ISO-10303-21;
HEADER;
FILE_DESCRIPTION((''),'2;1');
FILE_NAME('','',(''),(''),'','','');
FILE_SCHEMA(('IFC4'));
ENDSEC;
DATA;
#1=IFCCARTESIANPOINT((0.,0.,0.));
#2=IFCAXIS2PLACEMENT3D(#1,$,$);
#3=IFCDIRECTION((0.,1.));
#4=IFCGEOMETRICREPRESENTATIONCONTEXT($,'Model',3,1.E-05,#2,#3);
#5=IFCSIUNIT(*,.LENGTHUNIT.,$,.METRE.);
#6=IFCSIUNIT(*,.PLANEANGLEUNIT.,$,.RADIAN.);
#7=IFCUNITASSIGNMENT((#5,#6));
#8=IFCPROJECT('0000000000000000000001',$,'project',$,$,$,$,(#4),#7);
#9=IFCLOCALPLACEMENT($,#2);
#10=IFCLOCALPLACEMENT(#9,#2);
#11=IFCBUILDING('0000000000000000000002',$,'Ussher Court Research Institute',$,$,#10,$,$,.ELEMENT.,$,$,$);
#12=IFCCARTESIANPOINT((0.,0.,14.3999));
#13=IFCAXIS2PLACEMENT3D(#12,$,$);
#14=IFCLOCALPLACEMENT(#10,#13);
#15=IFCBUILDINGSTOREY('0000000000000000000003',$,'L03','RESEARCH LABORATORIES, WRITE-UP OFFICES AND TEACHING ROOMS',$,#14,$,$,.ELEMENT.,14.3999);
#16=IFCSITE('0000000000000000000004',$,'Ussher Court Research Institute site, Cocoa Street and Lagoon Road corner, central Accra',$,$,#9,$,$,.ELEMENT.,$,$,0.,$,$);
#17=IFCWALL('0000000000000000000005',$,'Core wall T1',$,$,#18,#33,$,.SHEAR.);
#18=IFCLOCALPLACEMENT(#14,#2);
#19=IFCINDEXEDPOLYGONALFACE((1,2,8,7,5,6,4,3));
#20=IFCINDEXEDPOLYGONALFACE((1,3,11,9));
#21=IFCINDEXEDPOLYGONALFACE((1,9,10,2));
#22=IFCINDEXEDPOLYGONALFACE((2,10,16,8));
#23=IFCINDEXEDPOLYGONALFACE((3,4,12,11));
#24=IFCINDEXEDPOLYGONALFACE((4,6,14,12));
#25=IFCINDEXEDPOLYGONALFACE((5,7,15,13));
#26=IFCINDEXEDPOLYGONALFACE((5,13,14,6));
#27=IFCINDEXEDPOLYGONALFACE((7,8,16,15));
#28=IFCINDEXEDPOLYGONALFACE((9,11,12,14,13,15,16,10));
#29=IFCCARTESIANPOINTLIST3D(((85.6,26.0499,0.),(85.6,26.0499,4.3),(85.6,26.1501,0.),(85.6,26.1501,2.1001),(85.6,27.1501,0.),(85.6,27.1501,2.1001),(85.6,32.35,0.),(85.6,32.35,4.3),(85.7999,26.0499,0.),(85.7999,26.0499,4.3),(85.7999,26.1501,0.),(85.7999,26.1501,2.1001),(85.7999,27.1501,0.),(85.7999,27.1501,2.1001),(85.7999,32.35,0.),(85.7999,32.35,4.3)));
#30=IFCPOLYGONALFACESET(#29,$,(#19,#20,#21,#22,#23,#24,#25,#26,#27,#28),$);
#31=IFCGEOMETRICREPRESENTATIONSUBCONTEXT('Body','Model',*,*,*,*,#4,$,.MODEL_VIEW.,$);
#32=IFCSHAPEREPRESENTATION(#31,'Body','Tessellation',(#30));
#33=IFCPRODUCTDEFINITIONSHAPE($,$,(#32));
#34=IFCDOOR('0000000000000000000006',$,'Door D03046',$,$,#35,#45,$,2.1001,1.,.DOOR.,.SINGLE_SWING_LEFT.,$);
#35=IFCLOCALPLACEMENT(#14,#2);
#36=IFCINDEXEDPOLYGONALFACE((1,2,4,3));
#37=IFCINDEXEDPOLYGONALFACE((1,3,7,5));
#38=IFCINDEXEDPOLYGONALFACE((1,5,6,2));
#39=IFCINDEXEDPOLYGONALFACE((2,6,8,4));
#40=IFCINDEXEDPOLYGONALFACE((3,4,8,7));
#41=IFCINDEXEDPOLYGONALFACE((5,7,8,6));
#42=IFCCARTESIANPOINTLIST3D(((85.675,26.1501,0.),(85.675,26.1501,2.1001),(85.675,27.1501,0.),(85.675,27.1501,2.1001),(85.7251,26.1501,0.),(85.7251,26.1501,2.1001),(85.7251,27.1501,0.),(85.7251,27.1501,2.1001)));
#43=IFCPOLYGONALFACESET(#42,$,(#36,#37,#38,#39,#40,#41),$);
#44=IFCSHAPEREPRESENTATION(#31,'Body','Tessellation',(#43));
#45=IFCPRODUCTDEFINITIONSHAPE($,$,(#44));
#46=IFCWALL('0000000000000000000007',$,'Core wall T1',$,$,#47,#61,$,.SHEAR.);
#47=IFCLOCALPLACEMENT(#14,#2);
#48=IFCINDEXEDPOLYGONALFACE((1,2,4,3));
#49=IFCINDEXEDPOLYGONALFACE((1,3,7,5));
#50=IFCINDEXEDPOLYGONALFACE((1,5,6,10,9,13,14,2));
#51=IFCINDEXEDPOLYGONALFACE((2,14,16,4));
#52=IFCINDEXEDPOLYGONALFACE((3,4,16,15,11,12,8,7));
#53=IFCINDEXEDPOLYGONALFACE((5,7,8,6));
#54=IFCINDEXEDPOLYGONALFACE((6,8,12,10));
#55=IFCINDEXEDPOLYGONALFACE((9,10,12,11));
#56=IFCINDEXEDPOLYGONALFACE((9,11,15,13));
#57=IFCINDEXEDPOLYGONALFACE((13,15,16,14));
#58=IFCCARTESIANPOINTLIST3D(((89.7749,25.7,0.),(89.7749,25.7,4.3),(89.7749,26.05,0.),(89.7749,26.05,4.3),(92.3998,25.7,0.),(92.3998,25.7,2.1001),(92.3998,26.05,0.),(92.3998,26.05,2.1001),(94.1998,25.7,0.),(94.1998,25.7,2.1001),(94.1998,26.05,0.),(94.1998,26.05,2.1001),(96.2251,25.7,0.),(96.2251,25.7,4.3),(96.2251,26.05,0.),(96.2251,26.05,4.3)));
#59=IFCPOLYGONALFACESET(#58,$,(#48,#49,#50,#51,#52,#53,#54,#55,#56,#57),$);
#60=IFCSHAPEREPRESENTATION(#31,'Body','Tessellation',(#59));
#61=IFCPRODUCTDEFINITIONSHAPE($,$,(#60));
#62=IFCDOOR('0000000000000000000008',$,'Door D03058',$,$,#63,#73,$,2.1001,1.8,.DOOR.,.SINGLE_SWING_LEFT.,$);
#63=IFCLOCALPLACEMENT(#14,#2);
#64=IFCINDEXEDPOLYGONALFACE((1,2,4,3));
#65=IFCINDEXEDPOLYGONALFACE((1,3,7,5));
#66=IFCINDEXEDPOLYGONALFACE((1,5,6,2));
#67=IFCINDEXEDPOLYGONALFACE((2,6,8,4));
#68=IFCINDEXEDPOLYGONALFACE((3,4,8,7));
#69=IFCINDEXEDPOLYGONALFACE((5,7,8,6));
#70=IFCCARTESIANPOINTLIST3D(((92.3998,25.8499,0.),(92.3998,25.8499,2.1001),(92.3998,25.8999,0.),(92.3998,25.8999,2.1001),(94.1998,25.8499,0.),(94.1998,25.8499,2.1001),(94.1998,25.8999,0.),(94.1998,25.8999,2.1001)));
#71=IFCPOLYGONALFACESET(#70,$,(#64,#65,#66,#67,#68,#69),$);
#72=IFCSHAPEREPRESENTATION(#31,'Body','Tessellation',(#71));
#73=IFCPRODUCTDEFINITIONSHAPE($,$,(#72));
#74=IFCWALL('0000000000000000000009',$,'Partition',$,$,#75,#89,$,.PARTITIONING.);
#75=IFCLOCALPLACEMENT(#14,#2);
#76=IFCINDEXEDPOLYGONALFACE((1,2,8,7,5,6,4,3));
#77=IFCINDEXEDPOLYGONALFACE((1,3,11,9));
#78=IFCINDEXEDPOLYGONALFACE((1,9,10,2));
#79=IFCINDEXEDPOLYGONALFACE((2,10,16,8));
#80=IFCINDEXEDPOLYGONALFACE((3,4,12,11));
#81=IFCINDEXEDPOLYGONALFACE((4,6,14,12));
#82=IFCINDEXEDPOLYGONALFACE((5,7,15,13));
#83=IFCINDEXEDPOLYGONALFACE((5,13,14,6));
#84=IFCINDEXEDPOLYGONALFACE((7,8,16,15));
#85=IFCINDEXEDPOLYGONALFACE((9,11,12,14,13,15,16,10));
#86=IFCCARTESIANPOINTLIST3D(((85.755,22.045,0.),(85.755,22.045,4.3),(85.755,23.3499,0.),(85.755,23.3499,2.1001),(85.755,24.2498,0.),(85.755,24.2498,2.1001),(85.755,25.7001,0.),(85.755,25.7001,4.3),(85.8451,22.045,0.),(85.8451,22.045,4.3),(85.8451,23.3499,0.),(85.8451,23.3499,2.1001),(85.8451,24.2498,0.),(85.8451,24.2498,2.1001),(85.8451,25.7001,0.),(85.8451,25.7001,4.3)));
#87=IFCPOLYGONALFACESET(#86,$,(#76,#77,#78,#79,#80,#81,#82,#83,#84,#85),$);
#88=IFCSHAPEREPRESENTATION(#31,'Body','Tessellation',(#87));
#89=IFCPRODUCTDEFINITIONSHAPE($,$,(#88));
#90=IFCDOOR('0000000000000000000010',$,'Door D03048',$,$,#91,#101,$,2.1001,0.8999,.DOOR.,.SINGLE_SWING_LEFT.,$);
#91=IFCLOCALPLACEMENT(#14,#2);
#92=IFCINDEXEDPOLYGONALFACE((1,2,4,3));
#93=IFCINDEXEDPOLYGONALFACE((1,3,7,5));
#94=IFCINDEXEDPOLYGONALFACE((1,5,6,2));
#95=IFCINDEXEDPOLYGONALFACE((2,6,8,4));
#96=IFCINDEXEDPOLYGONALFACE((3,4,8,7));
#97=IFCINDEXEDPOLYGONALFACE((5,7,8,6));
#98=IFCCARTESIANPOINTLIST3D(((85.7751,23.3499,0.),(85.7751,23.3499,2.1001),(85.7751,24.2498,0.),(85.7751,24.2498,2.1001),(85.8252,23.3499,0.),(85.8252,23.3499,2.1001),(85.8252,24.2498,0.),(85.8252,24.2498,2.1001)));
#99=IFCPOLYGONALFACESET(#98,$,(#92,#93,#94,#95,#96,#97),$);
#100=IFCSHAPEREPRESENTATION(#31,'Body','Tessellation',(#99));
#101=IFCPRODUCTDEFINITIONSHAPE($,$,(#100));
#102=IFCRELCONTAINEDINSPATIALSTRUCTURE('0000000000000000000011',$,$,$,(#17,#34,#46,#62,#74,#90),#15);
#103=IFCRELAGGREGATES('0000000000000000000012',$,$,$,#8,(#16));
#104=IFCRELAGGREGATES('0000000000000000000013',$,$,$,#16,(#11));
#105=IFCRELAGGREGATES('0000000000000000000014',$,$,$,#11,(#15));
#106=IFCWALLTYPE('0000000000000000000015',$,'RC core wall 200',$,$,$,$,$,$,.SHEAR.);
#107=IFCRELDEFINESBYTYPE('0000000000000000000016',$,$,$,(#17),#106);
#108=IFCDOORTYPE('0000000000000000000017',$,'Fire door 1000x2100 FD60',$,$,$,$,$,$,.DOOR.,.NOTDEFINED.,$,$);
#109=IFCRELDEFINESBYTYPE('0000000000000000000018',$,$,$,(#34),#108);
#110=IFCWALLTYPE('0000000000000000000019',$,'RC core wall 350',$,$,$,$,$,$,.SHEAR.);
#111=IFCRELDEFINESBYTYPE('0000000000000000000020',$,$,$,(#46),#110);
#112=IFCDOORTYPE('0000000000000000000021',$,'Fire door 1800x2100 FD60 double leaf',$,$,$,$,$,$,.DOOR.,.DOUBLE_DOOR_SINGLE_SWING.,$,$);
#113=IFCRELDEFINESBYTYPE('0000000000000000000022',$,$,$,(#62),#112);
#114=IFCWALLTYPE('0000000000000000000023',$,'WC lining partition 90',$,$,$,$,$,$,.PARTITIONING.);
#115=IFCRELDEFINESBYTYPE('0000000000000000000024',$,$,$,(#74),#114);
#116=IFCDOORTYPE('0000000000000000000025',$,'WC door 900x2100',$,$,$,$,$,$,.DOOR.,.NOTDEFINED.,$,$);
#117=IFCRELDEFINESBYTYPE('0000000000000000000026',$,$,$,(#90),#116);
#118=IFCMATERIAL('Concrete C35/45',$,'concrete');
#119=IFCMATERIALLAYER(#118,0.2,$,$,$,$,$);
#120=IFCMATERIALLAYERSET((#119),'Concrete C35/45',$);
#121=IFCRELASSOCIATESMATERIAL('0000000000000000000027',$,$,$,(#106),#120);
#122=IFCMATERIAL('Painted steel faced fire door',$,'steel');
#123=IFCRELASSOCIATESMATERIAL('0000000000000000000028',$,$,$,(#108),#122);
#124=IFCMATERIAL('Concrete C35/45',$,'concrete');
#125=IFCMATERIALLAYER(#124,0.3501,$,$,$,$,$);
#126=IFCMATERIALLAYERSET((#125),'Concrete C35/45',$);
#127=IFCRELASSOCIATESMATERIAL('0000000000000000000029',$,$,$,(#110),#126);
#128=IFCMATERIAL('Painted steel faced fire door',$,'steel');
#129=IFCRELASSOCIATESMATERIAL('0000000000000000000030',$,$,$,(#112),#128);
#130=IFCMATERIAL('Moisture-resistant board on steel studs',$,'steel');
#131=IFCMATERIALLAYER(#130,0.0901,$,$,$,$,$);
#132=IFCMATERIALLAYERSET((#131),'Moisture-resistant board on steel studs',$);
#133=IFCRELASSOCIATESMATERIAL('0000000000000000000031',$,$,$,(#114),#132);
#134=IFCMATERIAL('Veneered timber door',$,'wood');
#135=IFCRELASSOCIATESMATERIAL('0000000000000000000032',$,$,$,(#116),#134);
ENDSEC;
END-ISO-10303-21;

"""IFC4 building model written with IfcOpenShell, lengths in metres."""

from ifc_helpers import new_model, si_unit, direction, frame, frame_2d, origin, place, context, subcontext, project, spatial, rectangle, extrude, material, layer, layer_set, type_object, element, fill, save


model = new_model("IFC4")

# Units and contexts
model_context = context("Model", 3, precision=1e-05, world=origin(), true_north=direction((0.0, 1.0)))
body_context = subcontext(model_context, "Body", "Model", "MODEL_VIEW")
ifc_project = project(units=[si_unit("LENGTHUNIT", "METRE"), si_unit("PLANEANGLEUNIT", "RADIAN")], contexts=[model_context])

# Site, building, storey
site_placement = place(None, origin())
site = spatial("IfcSite", under=ifc_project, at=site_placement, Name="Ussher Court Research Institute site, Cocoa Street and Lagoon Road corner, central Accra", CompositionType="ELEMENT", RefElevation=0.0)
building_placement = place(site_placement, origin())
building = spatial("IfcBuilding", under=site, at=building_placement, Name="Ussher Court Research Institute", CompositionType="ELEMENT")
storey_placement = place(building_placement, frame((0.0, 0.0, 14.3999)))
storey = spatial("IfcBuildingStorey", under=building, at=storey_placement, Name="L03", Description="RESEARCH LABORATORIES, WRITE-UP OFFICES AND TEACHING ROOMS", CompositionType="ELEMENT", Elevation=14.3999)

# Walls, openings, doors
ifc_material_1 = material(Name="Concrete C35/45", Category="concrete")
ifc_layer_1 = layer(ifc_material_1, 0.2)
ifc_layer_set_1 = layer_set([ifc_layer_1], Name="Concrete C35/45")
wall_type_1 = type_object("IfcWallType", Name="RC core wall 200", PredefinedType="SHEAR", material=ifc_layer_set_1)
wall_1_placement = place(storey_placement, frame((85.7, 26.05, 0.0), z_axis=(0.0, 0.0, 1.0), x_axis=(0.0, 1.0, 0.0)))
wall_1 = element("IfcWall", 1, at=wall_1_placement, inside=storey, type_object=wall_type_1, Name="Core wall T1", PredefinedType="SHEAR", context=body_context, shape_type="SweptSolid", body=[
    extrude(rectangle(XDim=6.3, YDim=0.2, at=frame_2d((3.1499, 0.0))), origin(), (0.0, 0.0, 1.0), 4.3),
])
opening_1_placement = place(wall_1_placement, frame((0.1001, 0.0, 0.0)))
opening_1 = element("IfcOpeningElement", 2, at=opening_1_placement, cuts=wall_1, PredefinedType="OPENING", context=body_context, shape_type="SweptSolid", body=[
    extrude(rectangle(XDim=1.0, YDim=2.1001, at=frame_2d((0.5, 1.05))), frame((0.0, 0.1099, 0.0), z_axis=(0.0, -1.0, 0.0), x_axis=(1.0, 0.0, 0.0)), (0.0, 0.0, 1.0), 0.22),
])
ifc_material_2 = material(Name="Painted steel faced fire door", Category="steel")
door_type_1 = type_object("IfcDoorType", Name="Fire door 1000x2100 FD60", OperationType="NOTDEFINED", PredefinedType="DOOR", material=ifc_material_2)
door_1_placement = place(opening_1_placement, origin())
door_1 = element("IfcDoor", 3, at=door_1_placement, inside=storey, type_object=door_type_1, Name="Door D03046", OperationType="SINGLE_SWING_LEFT", OverallHeight=2.1001, OverallWidth=1.0, PredefinedType="DOOR", context=body_context, shape_type="SweptSolid", body=[
    extrude(rectangle(XDim=1.0, YDim=2.1001, at=frame_2d((0.5, 1.05))), frame((0.0, 0.0249, 0.0), z_axis=(0.0, -1.0, 0.0), x_axis=(1.0, 0.0, 0.0)), (0.0, 0.0, 1.0), 0.05),
])
fill(opening_1, door_1)
ifc_material_3 = material(Name="Concrete C35/45", Category="concrete")
ifc_layer_2 = layer(ifc_material_3, 0.3501)
ifc_layer_set_2 = layer_set([ifc_layer_2], Name="Concrete C35/45")
wall_type_2 = type_object("IfcWallType", Name="RC core wall 350", PredefinedType="SHEAR", material=ifc_layer_set_2)
wall_2_placement = place(storey_placement, frame((89.7749, 25.875, 0.0), z_axis=(0.0, 0.0, 1.0), x_axis=(1.0, 0.0, 0.0)))
wall_2 = element("IfcWall", 4, at=wall_2_placement, inside=storey, type_object=wall_type_2, Name="Core wall T1", PredefinedType="SHEAR", context=body_context, shape_type="SweptSolid", body=[
    extrude(rectangle(XDim=6.4502, YDim=0.3501, at=frame_2d((3.2251, 0.0))), origin(), (0.0, 0.0, 1.0), 4.3),
])
opening_2_placement = place(wall_2_placement, frame((2.625, 0.0, 0.0)))
opening_2 = element("IfcOpeningElement", 5, at=opening_2_placement, cuts=wall_2, PredefinedType="OPENING", context=body_context, shape_type="SweptSolid", body=[
    extrude(rectangle(XDim=1.8, YDim=2.1001, at=frame_2d((0.8999, 1.05))), frame((0.0, 0.1851, 0.0), z_axis=(0.0, -1.0, 0.0), x_axis=(1.0, 0.0, 0.0)), (0.0, 0.0, 1.0), 0.3701),
])
ifc_material_4 = material(Name="Painted steel faced fire door", Category="steel")
door_type_2 = type_object("IfcDoorType", Name="Fire door 1800x2100 FD60 double leaf", OperationType="DOUBLE_DOOR_SINGLE_SWING", PredefinedType="DOOR", material=ifc_material_4)
door_2_placement = place(opening_2_placement, origin())
door_2 = element("IfcDoor", 6, at=door_2_placement, inside=storey, type_object=door_type_2, Name="Door D03058", OperationType="SINGLE_SWING_LEFT", OverallHeight=2.1001, OverallWidth=1.8, PredefinedType="DOOR", context=body_context, shape_type="SweptSolid", body=[
    extrude(rectangle(XDim=1.8, YDim=2.1001, at=frame_2d((0.8999, 1.05))), frame((0.0, 0.0249, 0.0), z_axis=(0.0, -1.0, 0.0), x_axis=(1.0, 0.0, 0.0)), (0.0, 0.0, 1.0), 0.05),
])
fill(opening_2, door_2)
ifc_material_5 = material(Name="Moisture-resistant board on steel studs", Category="steel")
ifc_layer_3 = layer(ifc_material_5, 0.0901)
ifc_layer_set_3 = layer_set([ifc_layer_3], Name="Moisture-resistant board on steel studs")
wall_type_3 = type_object("IfcWallType", Name="WC lining partition 90", PredefinedType="PARTITIONING", material=ifc_layer_set_3)
wall_3_placement = place(storey_placement, frame((85.8, 22.0449, 0.0), z_axis=(0.0, 0.0, 1.0), x_axis=(0.0, 1.0, 0.0)))
wall_3 = element("IfcWall", 7, at=wall_3_placement, inside=storey, type_object=wall_type_3, Name="Partition", PredefinedType="PARTITIONING", context=body_context, shape_type="SweptSolid", body=[
    extrude(rectangle(XDim=3.655, YDim=0.0901, at=frame_2d((1.8276, 0.0))), origin(), (0.0, 0.0, 1.0), 4.3),
])
opening_3_placement = place(wall_3_placement, frame((1.3049, 0.0, 0.0)))
opening_3 = element("IfcOpeningElement", 8, at=opening_3_placement, cuts=wall_3, PredefinedType="OPENING", context=body_context, shape_type="SweptSolid", body=[
    extrude(rectangle(XDim=0.8999, YDim=2.1001, at=frame_2d((0.45, 1.05))), frame((0.0, 0.0552, 0.0), z_axis=(0.0, -1.0, 0.0), x_axis=(1.0, 0.0, 0.0)), (0.0, 0.0, 1.0), 0.1101),
])
ifc_material_6 = material(Name="Veneered timber door", Category="wood")
door_type_3 = type_object("IfcDoorType", Name="WC door 900x2100", OperationType="NOTDEFINED", PredefinedType="DOOR", material=ifc_material_6)
door_3_placement = place(opening_3_placement, origin())
door_3 = element("IfcDoor", 9, at=door_3_placement, inside=storey, type_object=door_type_3, Name="Door D03048", OperationType="SINGLE_SWING_LEFT", OverallHeight=2.1001, OverallWidth=0.8999, PredefinedType="DOOR", context=body_context, shape_type="SweptSolid", body=[
    extrude(rectangle(XDim=0.8999, YDim=2.1001, at=frame_2d((0.45, 1.05))), frame((0.0, 0.0249, 0.0), z_axis=(0.0, -1.0, 0.0), x_axis=(1.0, 0.0, 0.0)), (0.0, 0.0, 1.0), 0.05),
])
fill(opening_3, door_3)

save(model, "model.ifc")
